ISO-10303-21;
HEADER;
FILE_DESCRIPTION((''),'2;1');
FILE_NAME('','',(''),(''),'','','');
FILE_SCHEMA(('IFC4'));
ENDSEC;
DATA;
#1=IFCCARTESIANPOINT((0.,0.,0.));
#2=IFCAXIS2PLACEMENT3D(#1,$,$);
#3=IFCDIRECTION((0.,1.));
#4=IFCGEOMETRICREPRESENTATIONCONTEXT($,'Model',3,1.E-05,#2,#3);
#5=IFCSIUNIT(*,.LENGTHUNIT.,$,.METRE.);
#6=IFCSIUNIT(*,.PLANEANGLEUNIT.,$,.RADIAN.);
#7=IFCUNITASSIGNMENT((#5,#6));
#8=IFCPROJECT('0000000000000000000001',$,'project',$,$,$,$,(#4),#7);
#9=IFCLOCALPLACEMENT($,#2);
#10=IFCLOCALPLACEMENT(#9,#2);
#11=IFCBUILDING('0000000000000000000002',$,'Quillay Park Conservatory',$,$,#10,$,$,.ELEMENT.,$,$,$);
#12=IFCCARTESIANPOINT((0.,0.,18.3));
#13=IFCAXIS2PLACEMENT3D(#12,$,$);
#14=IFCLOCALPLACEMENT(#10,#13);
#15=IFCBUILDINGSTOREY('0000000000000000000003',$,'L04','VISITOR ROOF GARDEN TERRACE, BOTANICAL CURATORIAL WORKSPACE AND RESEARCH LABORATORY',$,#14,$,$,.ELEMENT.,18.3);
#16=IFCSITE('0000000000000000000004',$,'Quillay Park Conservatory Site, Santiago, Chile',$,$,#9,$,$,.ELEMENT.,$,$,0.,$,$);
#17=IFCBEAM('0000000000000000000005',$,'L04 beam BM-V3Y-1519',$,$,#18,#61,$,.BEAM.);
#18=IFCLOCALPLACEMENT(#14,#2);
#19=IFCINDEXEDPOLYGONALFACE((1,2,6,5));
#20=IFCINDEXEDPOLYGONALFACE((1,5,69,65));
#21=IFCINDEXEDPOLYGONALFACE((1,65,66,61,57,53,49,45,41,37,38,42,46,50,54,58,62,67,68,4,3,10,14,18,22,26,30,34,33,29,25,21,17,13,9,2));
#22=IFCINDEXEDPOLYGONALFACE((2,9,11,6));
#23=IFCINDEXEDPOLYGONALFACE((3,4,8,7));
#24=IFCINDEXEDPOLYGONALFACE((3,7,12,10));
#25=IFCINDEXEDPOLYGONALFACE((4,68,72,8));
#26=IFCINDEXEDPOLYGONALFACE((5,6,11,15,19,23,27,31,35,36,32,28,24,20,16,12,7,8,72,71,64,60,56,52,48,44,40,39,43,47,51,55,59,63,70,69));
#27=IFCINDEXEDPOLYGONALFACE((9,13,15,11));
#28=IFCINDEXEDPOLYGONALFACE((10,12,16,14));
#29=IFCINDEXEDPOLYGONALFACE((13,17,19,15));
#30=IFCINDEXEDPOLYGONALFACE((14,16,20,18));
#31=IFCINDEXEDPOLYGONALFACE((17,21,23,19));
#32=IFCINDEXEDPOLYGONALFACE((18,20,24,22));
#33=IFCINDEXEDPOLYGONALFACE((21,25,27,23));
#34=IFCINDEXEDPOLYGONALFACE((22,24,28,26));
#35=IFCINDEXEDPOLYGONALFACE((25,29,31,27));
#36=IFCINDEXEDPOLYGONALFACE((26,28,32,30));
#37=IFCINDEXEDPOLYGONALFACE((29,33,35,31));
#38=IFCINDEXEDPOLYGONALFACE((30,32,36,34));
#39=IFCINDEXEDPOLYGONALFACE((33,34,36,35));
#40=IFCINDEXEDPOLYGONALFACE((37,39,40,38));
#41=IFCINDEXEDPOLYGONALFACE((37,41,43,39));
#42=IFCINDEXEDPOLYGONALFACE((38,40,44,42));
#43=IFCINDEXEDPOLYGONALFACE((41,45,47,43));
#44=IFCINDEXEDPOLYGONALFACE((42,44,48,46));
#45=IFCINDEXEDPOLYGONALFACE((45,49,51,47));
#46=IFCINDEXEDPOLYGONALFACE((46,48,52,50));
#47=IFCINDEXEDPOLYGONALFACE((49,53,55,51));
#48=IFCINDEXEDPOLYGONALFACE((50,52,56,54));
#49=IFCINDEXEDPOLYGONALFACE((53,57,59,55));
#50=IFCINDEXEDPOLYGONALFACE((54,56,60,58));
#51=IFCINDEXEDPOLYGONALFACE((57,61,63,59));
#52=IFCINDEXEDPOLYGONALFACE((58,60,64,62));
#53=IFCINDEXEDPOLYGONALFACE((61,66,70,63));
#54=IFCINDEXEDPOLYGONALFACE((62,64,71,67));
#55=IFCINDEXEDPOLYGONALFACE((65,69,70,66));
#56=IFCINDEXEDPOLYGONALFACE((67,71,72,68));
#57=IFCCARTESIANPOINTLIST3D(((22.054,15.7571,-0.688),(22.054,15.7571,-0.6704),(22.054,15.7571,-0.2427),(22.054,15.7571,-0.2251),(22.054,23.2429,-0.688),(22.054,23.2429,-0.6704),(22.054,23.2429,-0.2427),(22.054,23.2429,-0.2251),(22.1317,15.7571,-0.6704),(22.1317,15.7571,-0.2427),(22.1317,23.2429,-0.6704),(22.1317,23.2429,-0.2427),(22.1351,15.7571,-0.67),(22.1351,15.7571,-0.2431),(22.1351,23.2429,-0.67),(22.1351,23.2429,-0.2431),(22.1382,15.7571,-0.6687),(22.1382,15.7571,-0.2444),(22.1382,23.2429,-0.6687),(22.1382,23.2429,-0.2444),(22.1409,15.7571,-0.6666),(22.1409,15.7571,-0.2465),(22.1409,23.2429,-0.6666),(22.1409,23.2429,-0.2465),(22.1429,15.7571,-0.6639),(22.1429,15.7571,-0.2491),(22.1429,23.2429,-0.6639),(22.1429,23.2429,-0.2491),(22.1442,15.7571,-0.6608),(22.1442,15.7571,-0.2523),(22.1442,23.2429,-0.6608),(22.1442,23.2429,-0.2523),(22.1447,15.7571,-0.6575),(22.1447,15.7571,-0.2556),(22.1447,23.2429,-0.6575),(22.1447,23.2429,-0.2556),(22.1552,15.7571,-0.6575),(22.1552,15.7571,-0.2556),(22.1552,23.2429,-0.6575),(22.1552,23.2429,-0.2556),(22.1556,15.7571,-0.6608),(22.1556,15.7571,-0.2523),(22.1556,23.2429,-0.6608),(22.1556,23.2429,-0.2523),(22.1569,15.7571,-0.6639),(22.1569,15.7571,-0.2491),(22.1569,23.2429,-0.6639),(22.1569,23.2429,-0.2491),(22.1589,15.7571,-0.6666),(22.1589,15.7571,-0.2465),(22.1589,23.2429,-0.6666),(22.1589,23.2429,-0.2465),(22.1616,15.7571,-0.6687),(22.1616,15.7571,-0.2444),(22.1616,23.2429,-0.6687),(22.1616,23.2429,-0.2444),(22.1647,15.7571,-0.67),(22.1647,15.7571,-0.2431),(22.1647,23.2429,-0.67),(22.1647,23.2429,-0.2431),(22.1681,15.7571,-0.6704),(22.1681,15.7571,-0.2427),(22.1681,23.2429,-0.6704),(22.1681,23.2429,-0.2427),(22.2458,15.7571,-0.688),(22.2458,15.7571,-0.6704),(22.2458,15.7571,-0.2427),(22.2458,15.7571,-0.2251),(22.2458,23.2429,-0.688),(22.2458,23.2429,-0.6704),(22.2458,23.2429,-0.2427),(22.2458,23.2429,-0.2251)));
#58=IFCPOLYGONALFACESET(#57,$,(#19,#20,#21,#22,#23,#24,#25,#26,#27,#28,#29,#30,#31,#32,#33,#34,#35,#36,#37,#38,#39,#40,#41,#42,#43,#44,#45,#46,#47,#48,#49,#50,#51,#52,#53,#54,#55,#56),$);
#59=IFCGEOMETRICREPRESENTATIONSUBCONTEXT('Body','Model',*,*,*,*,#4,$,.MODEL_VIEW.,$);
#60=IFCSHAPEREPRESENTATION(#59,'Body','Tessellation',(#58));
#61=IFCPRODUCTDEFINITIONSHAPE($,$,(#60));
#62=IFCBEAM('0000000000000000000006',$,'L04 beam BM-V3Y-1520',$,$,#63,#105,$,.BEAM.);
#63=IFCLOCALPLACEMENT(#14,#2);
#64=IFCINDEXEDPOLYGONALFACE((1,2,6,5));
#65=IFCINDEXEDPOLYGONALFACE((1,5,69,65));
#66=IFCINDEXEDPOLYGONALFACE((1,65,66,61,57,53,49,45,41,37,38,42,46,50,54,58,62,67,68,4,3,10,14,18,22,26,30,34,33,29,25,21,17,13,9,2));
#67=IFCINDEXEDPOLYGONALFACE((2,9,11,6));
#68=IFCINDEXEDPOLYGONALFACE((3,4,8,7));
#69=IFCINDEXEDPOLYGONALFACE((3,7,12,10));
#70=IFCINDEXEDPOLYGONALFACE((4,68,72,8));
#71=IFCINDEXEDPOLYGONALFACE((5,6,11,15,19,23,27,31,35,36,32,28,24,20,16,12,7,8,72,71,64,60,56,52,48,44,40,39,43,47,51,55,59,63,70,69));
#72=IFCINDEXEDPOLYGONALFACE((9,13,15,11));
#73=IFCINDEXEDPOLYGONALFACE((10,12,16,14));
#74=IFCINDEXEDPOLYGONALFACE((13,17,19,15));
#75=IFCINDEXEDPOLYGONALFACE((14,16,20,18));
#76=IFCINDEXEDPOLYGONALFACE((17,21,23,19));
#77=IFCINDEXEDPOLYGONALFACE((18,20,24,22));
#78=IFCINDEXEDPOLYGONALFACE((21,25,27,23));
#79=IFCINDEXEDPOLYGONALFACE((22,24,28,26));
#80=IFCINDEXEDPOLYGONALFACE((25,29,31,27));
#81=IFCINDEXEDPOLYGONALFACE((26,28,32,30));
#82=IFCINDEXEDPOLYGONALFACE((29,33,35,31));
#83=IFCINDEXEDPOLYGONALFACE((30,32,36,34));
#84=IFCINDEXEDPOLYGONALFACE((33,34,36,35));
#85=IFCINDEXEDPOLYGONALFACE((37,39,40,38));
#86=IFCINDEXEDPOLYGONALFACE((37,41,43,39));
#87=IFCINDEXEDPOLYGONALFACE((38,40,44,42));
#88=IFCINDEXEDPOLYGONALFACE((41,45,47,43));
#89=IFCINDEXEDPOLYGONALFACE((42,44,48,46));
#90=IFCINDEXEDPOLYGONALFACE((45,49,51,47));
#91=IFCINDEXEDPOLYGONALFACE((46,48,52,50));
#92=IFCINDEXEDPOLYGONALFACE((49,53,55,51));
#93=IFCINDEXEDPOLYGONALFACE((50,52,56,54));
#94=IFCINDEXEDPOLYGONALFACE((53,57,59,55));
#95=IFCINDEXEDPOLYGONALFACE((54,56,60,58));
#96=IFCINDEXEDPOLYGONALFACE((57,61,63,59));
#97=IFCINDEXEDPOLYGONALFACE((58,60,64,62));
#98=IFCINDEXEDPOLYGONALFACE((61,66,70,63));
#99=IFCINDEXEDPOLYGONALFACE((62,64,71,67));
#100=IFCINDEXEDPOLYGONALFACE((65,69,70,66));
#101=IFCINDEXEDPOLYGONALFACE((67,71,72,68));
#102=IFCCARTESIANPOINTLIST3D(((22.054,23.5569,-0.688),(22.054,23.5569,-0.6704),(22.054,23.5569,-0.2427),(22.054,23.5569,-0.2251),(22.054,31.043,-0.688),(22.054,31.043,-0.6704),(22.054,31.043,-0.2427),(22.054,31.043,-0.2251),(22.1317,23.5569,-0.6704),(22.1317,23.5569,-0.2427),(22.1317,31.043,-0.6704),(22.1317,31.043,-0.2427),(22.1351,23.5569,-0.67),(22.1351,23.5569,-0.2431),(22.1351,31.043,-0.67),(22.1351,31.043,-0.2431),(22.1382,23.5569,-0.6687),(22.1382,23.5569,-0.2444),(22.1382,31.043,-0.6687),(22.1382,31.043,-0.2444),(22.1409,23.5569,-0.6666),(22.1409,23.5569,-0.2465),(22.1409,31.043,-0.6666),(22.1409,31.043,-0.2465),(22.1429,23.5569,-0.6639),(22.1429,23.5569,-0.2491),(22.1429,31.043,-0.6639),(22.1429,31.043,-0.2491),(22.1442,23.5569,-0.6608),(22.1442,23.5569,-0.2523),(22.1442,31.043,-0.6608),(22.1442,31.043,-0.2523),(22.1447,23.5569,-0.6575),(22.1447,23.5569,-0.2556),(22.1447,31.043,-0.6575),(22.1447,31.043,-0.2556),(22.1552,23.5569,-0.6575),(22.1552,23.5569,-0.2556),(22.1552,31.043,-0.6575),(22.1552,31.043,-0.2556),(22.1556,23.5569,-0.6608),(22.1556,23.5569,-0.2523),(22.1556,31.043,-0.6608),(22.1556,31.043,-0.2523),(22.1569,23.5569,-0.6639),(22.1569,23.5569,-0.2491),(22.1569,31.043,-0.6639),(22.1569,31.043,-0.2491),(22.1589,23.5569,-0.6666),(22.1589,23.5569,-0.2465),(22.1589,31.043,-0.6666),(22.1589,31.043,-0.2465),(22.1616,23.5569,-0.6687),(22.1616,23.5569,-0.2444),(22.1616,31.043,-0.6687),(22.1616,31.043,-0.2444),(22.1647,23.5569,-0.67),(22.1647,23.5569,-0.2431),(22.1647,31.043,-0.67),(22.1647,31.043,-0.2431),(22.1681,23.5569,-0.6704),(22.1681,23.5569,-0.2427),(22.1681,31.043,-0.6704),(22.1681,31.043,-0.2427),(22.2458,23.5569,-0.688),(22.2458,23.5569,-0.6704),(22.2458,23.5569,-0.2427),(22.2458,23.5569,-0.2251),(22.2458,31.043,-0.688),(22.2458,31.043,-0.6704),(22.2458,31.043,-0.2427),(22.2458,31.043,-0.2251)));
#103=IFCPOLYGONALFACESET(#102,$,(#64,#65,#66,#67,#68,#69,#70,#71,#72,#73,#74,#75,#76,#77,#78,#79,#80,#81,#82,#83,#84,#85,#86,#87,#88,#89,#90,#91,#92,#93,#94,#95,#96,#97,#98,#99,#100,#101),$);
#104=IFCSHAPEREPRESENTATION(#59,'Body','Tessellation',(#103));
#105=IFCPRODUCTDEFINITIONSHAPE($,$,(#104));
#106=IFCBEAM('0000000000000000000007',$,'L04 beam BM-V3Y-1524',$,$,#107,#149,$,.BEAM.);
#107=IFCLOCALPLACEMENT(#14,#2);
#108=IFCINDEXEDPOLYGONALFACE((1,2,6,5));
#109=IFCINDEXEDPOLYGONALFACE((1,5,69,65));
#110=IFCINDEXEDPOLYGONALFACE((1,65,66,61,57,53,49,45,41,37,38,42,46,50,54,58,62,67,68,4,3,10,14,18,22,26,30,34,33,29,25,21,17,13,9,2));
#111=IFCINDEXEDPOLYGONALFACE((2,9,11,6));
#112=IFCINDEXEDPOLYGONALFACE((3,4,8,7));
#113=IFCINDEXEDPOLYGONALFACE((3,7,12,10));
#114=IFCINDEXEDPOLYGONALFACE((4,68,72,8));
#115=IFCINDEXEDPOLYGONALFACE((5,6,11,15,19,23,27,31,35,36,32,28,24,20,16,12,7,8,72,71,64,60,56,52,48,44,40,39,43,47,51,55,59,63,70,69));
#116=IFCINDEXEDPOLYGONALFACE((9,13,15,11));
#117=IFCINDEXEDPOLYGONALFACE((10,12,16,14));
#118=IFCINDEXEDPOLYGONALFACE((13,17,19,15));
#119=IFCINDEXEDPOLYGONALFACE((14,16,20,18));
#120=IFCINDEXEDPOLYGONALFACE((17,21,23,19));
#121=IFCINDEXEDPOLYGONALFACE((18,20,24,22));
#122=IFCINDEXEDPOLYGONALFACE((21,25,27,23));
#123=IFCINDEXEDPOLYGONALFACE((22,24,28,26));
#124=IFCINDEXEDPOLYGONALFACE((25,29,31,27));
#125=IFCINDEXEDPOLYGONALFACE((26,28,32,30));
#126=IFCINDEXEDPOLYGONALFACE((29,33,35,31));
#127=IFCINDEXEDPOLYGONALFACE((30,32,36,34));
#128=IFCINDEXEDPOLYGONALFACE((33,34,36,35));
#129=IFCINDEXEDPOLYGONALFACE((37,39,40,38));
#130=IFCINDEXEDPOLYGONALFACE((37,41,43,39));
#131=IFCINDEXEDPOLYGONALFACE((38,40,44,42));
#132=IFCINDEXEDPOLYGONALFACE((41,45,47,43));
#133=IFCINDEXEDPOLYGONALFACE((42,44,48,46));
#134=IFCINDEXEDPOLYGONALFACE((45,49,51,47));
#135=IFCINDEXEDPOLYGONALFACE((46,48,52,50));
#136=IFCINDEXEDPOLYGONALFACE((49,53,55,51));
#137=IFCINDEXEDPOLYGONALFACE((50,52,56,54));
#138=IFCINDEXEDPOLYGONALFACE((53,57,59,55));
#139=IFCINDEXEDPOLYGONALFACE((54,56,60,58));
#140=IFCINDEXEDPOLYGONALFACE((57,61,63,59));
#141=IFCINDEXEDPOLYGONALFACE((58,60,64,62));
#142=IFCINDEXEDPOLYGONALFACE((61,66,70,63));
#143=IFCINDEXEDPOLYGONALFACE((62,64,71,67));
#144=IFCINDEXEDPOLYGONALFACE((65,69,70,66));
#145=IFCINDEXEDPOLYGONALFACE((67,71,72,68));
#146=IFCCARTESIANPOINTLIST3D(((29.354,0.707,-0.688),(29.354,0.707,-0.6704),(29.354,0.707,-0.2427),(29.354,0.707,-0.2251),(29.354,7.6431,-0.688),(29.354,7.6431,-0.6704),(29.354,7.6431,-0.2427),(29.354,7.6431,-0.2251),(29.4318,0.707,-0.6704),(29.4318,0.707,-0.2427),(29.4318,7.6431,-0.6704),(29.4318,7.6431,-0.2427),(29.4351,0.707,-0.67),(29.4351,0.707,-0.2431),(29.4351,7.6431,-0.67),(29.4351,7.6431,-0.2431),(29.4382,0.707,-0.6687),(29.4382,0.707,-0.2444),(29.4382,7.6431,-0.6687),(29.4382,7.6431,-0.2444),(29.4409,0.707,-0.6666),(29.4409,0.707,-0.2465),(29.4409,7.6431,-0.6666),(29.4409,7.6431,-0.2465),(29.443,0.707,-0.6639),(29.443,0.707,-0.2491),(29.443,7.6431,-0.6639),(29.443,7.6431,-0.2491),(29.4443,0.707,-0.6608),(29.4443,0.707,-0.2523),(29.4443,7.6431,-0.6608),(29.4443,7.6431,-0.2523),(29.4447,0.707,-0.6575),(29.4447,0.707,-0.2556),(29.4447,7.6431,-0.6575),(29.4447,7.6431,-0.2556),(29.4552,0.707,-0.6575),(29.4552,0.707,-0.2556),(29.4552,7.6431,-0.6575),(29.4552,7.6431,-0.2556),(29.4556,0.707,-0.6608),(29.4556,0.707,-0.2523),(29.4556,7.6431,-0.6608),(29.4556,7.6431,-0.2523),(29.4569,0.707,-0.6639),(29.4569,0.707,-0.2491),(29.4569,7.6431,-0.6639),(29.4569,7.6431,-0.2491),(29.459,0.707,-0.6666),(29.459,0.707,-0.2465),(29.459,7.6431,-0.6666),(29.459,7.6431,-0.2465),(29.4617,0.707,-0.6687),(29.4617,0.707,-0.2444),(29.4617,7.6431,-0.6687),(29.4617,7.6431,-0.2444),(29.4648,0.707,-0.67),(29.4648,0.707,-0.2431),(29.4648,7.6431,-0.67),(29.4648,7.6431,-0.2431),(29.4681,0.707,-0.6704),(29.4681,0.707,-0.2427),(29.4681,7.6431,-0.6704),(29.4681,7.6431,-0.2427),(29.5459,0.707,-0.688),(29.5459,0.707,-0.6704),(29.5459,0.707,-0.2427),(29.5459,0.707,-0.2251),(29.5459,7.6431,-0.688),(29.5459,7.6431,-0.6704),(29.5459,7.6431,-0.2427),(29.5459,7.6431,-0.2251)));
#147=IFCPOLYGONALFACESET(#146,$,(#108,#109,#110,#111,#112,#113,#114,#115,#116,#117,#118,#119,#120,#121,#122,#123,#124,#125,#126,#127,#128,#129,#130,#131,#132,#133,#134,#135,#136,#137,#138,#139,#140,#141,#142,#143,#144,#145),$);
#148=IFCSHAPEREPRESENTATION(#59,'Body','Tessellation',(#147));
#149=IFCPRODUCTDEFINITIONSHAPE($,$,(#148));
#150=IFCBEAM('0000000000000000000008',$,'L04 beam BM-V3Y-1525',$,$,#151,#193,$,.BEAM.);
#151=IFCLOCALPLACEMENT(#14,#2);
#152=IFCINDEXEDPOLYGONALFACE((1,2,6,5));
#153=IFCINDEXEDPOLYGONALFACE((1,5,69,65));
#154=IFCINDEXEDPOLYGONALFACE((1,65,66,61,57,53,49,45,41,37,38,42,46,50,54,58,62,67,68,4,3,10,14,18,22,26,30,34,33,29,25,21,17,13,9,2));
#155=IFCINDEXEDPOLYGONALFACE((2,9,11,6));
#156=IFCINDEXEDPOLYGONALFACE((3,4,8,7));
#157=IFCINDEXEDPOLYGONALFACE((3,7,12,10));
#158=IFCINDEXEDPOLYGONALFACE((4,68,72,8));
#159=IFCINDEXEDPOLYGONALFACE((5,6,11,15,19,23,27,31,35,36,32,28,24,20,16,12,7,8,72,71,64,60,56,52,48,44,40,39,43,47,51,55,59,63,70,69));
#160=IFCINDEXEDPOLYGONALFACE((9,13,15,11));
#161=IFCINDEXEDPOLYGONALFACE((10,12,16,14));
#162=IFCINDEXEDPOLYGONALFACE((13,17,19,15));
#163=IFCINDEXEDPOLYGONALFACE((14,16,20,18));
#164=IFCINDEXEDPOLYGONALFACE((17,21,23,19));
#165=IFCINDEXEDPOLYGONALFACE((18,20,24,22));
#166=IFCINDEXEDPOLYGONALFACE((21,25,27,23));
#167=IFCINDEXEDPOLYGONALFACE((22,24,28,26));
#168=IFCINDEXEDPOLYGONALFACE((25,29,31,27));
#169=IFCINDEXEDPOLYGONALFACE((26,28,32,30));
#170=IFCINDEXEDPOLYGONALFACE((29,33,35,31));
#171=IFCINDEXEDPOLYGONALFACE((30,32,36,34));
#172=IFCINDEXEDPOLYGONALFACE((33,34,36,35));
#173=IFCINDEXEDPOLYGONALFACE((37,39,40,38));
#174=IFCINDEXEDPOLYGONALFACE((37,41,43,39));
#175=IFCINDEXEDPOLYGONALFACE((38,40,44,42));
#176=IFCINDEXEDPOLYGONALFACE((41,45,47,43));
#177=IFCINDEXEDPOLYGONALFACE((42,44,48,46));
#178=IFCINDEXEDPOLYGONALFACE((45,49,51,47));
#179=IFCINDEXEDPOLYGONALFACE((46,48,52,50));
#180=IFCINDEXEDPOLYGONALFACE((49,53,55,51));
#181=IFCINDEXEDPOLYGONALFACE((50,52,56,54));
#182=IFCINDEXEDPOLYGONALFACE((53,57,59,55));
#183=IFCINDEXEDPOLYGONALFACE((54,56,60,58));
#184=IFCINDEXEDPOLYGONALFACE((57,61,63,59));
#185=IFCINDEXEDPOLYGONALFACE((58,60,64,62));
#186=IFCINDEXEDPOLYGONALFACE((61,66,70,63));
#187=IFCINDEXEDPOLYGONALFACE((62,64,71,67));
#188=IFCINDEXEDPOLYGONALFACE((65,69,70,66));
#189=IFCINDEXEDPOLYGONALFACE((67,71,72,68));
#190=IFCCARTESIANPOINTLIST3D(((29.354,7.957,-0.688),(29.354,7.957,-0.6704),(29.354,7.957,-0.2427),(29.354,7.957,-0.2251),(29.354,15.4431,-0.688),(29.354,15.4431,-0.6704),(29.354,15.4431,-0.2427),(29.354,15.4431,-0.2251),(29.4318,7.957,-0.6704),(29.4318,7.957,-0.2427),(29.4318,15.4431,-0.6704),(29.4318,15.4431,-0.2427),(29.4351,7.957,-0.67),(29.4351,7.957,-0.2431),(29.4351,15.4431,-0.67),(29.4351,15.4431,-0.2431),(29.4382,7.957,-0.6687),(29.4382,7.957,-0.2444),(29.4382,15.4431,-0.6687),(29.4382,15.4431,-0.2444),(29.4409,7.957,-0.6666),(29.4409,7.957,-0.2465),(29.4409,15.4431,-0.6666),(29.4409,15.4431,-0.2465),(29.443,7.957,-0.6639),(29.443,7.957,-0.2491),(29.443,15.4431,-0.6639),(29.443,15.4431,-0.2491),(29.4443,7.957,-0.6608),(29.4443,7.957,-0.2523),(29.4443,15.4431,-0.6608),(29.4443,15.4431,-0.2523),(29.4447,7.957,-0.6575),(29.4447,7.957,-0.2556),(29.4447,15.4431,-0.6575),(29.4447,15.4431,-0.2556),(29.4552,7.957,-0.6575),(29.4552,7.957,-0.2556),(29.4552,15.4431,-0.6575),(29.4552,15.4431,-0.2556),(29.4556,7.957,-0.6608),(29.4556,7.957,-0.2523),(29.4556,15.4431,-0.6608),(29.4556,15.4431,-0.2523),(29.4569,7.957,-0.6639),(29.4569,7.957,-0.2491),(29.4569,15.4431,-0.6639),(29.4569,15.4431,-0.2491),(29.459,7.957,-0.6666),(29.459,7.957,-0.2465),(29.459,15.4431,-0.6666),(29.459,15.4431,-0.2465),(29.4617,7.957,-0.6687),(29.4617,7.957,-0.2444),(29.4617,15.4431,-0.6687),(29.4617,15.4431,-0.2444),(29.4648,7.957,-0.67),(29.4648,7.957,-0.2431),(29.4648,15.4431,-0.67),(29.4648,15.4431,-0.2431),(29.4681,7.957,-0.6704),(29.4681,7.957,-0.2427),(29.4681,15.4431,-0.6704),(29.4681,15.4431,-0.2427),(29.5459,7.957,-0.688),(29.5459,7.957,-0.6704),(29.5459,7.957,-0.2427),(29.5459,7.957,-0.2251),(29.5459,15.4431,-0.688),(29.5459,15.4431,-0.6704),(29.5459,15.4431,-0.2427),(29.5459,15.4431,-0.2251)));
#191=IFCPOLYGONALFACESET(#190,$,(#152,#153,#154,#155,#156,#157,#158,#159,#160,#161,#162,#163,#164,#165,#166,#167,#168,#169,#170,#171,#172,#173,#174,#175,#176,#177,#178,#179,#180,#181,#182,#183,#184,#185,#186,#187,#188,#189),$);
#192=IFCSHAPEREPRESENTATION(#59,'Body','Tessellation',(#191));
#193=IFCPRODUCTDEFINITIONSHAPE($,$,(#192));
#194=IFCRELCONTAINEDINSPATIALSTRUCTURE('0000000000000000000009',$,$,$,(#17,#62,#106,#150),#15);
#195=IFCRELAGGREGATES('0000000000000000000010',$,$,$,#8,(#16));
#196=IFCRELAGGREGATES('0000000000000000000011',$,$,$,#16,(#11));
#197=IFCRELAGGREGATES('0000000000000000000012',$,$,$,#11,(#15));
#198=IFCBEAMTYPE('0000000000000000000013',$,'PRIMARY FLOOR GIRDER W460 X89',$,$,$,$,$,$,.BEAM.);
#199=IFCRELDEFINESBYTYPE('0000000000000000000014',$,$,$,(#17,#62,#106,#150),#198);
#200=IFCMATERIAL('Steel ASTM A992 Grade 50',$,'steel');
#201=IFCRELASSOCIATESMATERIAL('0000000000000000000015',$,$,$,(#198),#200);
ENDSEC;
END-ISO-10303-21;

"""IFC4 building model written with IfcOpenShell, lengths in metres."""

from ifc_helpers import new_model, si_unit, direction, frame, origin, origin_2d, place, context, subcontext, project, spatial, i_section, extrude, material, material_profile, profile_set, type_object, element, save


model = new_model("IFC4")

# Units and contexts
model_context = context("Model", 3, precision=1e-05, world=origin(), true_north=direction((0.0, 1.0)))
body_context = subcontext(model_context, "Body", "Model", "MODEL_VIEW")
ifc_project = project(units=[si_unit("LENGTHUNIT", "METRE"), si_unit("PLANEANGLEUNIT", "RADIAN")], contexts=[model_context])

# Site, building, storey
site_placement = place(None, origin())
site = spatial("IfcSite", under=ifc_project, at=site_placement, Name="Quillay Park Conservatory Site, Santiago, Chile", CompositionType="ELEMENT", RefElevation=0.0)
building_placement = place(site_placement, origin())
building = spatial("IfcBuilding", under=site, at=building_placement, Name="Quillay Park Conservatory", CompositionType="ELEMENT")
storey_placement = place(building_placement, frame((0.0, 0.0, 18.3)))
storey = spatial("IfcBuildingStorey", under=building, at=storey_placement, Name="L04", Description="VISITOR ROOF GARDEN TERRACE, BOTANICAL CURATORIAL WORKSPACE AND RESEARCH LABORATORY", CompositionType="ELEMENT", Elevation=18.3)

# Beams
ifc_material_1 = material(Name="Steel ASTM A992 Grade 50", Category="steel")
ifc_material_profile_1 = material_profile(ifc_material_1, i_section(OverallWidth=0.1919, OverallDepth=0.4629, WebThickness=0.0105, FlangeThickness=0.0176, FilletRadius=0.0129, at=origin_2d()), Name="W460x89")
ifc_profile_set_1 = profile_set([ifc_material_profile_1], Name="Steel ASTM A992 Grade 50")
beam_type_1 = type_object("IfcBeamType", Name="PRIMARY FLOOR GIRDER W460 X89", PredefinedType="BEAM", material=ifc_profile_set_1)
beam_1_placement = place(storey_placement, frame((22.1499, 15.7571, -0.4565), z_axis=(0.0, 1.0, 0.0), x_axis=(-1.0, 0.0, 0.0)))
element("IfcBeam", 1, at=beam_1_placement, inside=storey, type_object=beam_type_1, Name="L04 beam BM-V3Y-1519", PredefinedType="BEAM", context=body_context, shape_type="SweptSolid", body=[
    extrude(i_section(OverallWidth=0.1919, OverallDepth=0.4629, WebThickness=0.0105, FlangeThickness=0.0176, FilletRadius=0.0129, at=origin_2d()), origin(), (0.0, 0.0, 1.0), 7.4858),
])
beam_2_placement = place(storey_placement, frame((22.1499, 23.5569, -0.4565), z_axis=(0.0, 1.0, 0.0), x_axis=(-1.0, 0.0, 0.0)))
element("IfcBeam", 2, at=beam_2_placement, inside=storey, type_object=beam_type_1, Name="L04 beam BM-V3Y-1520", PredefinedType="BEAM", context=body_context, shape_type="SweptSolid", body=[
    extrude(i_section(OverallWidth=0.1919, OverallDepth=0.4629, WebThickness=0.0105, FlangeThickness=0.0176, FilletRadius=0.0129, at=origin_2d()), origin(), (0.0, 0.0, 1.0), 7.4861),
])
beam_3_placement = place(storey_placement, frame((29.45, 0.707, -0.4565), z_axis=(0.0, 1.0, 0.0), x_axis=(-1.0, 0.0, 0.0)))
element("IfcBeam", 3, at=beam_3_placement, inside=storey, type_object=beam_type_1, Name="L04 beam BM-V3Y-1524", PredefinedType="BEAM", context=body_context, shape_type="SweptSolid", body=[
    extrude(i_section(OverallWidth=0.1919, OverallDepth=0.4629, WebThickness=0.0105, FlangeThickness=0.0176, FilletRadius=0.0129, at=origin_2d()), origin(), (0.0, 0.0, 1.0), 6.936),
])
beam_4_placement = place(storey_placement, frame((29.45, 7.957, -0.4565), z_axis=(0.0, 1.0, 0.0), x_axis=(-1.0, 0.0, 0.0)))
element("IfcBeam", 4, at=beam_4_placement, inside=storey, type_object=beam_type_1, Name="L04 beam BM-V3Y-1525", PredefinedType="BEAM", context=body_context, shape_type="SweptSolid", body=[
    extrude(i_section(OverallWidth=0.1919, OverallDepth=0.4629, WebThickness=0.0105, FlangeThickness=0.0176, FilletRadius=0.0129, at=origin_2d()), origin(), (0.0, 0.0, 1.0), 7.4861),
])

save(model, "model.ifc")
